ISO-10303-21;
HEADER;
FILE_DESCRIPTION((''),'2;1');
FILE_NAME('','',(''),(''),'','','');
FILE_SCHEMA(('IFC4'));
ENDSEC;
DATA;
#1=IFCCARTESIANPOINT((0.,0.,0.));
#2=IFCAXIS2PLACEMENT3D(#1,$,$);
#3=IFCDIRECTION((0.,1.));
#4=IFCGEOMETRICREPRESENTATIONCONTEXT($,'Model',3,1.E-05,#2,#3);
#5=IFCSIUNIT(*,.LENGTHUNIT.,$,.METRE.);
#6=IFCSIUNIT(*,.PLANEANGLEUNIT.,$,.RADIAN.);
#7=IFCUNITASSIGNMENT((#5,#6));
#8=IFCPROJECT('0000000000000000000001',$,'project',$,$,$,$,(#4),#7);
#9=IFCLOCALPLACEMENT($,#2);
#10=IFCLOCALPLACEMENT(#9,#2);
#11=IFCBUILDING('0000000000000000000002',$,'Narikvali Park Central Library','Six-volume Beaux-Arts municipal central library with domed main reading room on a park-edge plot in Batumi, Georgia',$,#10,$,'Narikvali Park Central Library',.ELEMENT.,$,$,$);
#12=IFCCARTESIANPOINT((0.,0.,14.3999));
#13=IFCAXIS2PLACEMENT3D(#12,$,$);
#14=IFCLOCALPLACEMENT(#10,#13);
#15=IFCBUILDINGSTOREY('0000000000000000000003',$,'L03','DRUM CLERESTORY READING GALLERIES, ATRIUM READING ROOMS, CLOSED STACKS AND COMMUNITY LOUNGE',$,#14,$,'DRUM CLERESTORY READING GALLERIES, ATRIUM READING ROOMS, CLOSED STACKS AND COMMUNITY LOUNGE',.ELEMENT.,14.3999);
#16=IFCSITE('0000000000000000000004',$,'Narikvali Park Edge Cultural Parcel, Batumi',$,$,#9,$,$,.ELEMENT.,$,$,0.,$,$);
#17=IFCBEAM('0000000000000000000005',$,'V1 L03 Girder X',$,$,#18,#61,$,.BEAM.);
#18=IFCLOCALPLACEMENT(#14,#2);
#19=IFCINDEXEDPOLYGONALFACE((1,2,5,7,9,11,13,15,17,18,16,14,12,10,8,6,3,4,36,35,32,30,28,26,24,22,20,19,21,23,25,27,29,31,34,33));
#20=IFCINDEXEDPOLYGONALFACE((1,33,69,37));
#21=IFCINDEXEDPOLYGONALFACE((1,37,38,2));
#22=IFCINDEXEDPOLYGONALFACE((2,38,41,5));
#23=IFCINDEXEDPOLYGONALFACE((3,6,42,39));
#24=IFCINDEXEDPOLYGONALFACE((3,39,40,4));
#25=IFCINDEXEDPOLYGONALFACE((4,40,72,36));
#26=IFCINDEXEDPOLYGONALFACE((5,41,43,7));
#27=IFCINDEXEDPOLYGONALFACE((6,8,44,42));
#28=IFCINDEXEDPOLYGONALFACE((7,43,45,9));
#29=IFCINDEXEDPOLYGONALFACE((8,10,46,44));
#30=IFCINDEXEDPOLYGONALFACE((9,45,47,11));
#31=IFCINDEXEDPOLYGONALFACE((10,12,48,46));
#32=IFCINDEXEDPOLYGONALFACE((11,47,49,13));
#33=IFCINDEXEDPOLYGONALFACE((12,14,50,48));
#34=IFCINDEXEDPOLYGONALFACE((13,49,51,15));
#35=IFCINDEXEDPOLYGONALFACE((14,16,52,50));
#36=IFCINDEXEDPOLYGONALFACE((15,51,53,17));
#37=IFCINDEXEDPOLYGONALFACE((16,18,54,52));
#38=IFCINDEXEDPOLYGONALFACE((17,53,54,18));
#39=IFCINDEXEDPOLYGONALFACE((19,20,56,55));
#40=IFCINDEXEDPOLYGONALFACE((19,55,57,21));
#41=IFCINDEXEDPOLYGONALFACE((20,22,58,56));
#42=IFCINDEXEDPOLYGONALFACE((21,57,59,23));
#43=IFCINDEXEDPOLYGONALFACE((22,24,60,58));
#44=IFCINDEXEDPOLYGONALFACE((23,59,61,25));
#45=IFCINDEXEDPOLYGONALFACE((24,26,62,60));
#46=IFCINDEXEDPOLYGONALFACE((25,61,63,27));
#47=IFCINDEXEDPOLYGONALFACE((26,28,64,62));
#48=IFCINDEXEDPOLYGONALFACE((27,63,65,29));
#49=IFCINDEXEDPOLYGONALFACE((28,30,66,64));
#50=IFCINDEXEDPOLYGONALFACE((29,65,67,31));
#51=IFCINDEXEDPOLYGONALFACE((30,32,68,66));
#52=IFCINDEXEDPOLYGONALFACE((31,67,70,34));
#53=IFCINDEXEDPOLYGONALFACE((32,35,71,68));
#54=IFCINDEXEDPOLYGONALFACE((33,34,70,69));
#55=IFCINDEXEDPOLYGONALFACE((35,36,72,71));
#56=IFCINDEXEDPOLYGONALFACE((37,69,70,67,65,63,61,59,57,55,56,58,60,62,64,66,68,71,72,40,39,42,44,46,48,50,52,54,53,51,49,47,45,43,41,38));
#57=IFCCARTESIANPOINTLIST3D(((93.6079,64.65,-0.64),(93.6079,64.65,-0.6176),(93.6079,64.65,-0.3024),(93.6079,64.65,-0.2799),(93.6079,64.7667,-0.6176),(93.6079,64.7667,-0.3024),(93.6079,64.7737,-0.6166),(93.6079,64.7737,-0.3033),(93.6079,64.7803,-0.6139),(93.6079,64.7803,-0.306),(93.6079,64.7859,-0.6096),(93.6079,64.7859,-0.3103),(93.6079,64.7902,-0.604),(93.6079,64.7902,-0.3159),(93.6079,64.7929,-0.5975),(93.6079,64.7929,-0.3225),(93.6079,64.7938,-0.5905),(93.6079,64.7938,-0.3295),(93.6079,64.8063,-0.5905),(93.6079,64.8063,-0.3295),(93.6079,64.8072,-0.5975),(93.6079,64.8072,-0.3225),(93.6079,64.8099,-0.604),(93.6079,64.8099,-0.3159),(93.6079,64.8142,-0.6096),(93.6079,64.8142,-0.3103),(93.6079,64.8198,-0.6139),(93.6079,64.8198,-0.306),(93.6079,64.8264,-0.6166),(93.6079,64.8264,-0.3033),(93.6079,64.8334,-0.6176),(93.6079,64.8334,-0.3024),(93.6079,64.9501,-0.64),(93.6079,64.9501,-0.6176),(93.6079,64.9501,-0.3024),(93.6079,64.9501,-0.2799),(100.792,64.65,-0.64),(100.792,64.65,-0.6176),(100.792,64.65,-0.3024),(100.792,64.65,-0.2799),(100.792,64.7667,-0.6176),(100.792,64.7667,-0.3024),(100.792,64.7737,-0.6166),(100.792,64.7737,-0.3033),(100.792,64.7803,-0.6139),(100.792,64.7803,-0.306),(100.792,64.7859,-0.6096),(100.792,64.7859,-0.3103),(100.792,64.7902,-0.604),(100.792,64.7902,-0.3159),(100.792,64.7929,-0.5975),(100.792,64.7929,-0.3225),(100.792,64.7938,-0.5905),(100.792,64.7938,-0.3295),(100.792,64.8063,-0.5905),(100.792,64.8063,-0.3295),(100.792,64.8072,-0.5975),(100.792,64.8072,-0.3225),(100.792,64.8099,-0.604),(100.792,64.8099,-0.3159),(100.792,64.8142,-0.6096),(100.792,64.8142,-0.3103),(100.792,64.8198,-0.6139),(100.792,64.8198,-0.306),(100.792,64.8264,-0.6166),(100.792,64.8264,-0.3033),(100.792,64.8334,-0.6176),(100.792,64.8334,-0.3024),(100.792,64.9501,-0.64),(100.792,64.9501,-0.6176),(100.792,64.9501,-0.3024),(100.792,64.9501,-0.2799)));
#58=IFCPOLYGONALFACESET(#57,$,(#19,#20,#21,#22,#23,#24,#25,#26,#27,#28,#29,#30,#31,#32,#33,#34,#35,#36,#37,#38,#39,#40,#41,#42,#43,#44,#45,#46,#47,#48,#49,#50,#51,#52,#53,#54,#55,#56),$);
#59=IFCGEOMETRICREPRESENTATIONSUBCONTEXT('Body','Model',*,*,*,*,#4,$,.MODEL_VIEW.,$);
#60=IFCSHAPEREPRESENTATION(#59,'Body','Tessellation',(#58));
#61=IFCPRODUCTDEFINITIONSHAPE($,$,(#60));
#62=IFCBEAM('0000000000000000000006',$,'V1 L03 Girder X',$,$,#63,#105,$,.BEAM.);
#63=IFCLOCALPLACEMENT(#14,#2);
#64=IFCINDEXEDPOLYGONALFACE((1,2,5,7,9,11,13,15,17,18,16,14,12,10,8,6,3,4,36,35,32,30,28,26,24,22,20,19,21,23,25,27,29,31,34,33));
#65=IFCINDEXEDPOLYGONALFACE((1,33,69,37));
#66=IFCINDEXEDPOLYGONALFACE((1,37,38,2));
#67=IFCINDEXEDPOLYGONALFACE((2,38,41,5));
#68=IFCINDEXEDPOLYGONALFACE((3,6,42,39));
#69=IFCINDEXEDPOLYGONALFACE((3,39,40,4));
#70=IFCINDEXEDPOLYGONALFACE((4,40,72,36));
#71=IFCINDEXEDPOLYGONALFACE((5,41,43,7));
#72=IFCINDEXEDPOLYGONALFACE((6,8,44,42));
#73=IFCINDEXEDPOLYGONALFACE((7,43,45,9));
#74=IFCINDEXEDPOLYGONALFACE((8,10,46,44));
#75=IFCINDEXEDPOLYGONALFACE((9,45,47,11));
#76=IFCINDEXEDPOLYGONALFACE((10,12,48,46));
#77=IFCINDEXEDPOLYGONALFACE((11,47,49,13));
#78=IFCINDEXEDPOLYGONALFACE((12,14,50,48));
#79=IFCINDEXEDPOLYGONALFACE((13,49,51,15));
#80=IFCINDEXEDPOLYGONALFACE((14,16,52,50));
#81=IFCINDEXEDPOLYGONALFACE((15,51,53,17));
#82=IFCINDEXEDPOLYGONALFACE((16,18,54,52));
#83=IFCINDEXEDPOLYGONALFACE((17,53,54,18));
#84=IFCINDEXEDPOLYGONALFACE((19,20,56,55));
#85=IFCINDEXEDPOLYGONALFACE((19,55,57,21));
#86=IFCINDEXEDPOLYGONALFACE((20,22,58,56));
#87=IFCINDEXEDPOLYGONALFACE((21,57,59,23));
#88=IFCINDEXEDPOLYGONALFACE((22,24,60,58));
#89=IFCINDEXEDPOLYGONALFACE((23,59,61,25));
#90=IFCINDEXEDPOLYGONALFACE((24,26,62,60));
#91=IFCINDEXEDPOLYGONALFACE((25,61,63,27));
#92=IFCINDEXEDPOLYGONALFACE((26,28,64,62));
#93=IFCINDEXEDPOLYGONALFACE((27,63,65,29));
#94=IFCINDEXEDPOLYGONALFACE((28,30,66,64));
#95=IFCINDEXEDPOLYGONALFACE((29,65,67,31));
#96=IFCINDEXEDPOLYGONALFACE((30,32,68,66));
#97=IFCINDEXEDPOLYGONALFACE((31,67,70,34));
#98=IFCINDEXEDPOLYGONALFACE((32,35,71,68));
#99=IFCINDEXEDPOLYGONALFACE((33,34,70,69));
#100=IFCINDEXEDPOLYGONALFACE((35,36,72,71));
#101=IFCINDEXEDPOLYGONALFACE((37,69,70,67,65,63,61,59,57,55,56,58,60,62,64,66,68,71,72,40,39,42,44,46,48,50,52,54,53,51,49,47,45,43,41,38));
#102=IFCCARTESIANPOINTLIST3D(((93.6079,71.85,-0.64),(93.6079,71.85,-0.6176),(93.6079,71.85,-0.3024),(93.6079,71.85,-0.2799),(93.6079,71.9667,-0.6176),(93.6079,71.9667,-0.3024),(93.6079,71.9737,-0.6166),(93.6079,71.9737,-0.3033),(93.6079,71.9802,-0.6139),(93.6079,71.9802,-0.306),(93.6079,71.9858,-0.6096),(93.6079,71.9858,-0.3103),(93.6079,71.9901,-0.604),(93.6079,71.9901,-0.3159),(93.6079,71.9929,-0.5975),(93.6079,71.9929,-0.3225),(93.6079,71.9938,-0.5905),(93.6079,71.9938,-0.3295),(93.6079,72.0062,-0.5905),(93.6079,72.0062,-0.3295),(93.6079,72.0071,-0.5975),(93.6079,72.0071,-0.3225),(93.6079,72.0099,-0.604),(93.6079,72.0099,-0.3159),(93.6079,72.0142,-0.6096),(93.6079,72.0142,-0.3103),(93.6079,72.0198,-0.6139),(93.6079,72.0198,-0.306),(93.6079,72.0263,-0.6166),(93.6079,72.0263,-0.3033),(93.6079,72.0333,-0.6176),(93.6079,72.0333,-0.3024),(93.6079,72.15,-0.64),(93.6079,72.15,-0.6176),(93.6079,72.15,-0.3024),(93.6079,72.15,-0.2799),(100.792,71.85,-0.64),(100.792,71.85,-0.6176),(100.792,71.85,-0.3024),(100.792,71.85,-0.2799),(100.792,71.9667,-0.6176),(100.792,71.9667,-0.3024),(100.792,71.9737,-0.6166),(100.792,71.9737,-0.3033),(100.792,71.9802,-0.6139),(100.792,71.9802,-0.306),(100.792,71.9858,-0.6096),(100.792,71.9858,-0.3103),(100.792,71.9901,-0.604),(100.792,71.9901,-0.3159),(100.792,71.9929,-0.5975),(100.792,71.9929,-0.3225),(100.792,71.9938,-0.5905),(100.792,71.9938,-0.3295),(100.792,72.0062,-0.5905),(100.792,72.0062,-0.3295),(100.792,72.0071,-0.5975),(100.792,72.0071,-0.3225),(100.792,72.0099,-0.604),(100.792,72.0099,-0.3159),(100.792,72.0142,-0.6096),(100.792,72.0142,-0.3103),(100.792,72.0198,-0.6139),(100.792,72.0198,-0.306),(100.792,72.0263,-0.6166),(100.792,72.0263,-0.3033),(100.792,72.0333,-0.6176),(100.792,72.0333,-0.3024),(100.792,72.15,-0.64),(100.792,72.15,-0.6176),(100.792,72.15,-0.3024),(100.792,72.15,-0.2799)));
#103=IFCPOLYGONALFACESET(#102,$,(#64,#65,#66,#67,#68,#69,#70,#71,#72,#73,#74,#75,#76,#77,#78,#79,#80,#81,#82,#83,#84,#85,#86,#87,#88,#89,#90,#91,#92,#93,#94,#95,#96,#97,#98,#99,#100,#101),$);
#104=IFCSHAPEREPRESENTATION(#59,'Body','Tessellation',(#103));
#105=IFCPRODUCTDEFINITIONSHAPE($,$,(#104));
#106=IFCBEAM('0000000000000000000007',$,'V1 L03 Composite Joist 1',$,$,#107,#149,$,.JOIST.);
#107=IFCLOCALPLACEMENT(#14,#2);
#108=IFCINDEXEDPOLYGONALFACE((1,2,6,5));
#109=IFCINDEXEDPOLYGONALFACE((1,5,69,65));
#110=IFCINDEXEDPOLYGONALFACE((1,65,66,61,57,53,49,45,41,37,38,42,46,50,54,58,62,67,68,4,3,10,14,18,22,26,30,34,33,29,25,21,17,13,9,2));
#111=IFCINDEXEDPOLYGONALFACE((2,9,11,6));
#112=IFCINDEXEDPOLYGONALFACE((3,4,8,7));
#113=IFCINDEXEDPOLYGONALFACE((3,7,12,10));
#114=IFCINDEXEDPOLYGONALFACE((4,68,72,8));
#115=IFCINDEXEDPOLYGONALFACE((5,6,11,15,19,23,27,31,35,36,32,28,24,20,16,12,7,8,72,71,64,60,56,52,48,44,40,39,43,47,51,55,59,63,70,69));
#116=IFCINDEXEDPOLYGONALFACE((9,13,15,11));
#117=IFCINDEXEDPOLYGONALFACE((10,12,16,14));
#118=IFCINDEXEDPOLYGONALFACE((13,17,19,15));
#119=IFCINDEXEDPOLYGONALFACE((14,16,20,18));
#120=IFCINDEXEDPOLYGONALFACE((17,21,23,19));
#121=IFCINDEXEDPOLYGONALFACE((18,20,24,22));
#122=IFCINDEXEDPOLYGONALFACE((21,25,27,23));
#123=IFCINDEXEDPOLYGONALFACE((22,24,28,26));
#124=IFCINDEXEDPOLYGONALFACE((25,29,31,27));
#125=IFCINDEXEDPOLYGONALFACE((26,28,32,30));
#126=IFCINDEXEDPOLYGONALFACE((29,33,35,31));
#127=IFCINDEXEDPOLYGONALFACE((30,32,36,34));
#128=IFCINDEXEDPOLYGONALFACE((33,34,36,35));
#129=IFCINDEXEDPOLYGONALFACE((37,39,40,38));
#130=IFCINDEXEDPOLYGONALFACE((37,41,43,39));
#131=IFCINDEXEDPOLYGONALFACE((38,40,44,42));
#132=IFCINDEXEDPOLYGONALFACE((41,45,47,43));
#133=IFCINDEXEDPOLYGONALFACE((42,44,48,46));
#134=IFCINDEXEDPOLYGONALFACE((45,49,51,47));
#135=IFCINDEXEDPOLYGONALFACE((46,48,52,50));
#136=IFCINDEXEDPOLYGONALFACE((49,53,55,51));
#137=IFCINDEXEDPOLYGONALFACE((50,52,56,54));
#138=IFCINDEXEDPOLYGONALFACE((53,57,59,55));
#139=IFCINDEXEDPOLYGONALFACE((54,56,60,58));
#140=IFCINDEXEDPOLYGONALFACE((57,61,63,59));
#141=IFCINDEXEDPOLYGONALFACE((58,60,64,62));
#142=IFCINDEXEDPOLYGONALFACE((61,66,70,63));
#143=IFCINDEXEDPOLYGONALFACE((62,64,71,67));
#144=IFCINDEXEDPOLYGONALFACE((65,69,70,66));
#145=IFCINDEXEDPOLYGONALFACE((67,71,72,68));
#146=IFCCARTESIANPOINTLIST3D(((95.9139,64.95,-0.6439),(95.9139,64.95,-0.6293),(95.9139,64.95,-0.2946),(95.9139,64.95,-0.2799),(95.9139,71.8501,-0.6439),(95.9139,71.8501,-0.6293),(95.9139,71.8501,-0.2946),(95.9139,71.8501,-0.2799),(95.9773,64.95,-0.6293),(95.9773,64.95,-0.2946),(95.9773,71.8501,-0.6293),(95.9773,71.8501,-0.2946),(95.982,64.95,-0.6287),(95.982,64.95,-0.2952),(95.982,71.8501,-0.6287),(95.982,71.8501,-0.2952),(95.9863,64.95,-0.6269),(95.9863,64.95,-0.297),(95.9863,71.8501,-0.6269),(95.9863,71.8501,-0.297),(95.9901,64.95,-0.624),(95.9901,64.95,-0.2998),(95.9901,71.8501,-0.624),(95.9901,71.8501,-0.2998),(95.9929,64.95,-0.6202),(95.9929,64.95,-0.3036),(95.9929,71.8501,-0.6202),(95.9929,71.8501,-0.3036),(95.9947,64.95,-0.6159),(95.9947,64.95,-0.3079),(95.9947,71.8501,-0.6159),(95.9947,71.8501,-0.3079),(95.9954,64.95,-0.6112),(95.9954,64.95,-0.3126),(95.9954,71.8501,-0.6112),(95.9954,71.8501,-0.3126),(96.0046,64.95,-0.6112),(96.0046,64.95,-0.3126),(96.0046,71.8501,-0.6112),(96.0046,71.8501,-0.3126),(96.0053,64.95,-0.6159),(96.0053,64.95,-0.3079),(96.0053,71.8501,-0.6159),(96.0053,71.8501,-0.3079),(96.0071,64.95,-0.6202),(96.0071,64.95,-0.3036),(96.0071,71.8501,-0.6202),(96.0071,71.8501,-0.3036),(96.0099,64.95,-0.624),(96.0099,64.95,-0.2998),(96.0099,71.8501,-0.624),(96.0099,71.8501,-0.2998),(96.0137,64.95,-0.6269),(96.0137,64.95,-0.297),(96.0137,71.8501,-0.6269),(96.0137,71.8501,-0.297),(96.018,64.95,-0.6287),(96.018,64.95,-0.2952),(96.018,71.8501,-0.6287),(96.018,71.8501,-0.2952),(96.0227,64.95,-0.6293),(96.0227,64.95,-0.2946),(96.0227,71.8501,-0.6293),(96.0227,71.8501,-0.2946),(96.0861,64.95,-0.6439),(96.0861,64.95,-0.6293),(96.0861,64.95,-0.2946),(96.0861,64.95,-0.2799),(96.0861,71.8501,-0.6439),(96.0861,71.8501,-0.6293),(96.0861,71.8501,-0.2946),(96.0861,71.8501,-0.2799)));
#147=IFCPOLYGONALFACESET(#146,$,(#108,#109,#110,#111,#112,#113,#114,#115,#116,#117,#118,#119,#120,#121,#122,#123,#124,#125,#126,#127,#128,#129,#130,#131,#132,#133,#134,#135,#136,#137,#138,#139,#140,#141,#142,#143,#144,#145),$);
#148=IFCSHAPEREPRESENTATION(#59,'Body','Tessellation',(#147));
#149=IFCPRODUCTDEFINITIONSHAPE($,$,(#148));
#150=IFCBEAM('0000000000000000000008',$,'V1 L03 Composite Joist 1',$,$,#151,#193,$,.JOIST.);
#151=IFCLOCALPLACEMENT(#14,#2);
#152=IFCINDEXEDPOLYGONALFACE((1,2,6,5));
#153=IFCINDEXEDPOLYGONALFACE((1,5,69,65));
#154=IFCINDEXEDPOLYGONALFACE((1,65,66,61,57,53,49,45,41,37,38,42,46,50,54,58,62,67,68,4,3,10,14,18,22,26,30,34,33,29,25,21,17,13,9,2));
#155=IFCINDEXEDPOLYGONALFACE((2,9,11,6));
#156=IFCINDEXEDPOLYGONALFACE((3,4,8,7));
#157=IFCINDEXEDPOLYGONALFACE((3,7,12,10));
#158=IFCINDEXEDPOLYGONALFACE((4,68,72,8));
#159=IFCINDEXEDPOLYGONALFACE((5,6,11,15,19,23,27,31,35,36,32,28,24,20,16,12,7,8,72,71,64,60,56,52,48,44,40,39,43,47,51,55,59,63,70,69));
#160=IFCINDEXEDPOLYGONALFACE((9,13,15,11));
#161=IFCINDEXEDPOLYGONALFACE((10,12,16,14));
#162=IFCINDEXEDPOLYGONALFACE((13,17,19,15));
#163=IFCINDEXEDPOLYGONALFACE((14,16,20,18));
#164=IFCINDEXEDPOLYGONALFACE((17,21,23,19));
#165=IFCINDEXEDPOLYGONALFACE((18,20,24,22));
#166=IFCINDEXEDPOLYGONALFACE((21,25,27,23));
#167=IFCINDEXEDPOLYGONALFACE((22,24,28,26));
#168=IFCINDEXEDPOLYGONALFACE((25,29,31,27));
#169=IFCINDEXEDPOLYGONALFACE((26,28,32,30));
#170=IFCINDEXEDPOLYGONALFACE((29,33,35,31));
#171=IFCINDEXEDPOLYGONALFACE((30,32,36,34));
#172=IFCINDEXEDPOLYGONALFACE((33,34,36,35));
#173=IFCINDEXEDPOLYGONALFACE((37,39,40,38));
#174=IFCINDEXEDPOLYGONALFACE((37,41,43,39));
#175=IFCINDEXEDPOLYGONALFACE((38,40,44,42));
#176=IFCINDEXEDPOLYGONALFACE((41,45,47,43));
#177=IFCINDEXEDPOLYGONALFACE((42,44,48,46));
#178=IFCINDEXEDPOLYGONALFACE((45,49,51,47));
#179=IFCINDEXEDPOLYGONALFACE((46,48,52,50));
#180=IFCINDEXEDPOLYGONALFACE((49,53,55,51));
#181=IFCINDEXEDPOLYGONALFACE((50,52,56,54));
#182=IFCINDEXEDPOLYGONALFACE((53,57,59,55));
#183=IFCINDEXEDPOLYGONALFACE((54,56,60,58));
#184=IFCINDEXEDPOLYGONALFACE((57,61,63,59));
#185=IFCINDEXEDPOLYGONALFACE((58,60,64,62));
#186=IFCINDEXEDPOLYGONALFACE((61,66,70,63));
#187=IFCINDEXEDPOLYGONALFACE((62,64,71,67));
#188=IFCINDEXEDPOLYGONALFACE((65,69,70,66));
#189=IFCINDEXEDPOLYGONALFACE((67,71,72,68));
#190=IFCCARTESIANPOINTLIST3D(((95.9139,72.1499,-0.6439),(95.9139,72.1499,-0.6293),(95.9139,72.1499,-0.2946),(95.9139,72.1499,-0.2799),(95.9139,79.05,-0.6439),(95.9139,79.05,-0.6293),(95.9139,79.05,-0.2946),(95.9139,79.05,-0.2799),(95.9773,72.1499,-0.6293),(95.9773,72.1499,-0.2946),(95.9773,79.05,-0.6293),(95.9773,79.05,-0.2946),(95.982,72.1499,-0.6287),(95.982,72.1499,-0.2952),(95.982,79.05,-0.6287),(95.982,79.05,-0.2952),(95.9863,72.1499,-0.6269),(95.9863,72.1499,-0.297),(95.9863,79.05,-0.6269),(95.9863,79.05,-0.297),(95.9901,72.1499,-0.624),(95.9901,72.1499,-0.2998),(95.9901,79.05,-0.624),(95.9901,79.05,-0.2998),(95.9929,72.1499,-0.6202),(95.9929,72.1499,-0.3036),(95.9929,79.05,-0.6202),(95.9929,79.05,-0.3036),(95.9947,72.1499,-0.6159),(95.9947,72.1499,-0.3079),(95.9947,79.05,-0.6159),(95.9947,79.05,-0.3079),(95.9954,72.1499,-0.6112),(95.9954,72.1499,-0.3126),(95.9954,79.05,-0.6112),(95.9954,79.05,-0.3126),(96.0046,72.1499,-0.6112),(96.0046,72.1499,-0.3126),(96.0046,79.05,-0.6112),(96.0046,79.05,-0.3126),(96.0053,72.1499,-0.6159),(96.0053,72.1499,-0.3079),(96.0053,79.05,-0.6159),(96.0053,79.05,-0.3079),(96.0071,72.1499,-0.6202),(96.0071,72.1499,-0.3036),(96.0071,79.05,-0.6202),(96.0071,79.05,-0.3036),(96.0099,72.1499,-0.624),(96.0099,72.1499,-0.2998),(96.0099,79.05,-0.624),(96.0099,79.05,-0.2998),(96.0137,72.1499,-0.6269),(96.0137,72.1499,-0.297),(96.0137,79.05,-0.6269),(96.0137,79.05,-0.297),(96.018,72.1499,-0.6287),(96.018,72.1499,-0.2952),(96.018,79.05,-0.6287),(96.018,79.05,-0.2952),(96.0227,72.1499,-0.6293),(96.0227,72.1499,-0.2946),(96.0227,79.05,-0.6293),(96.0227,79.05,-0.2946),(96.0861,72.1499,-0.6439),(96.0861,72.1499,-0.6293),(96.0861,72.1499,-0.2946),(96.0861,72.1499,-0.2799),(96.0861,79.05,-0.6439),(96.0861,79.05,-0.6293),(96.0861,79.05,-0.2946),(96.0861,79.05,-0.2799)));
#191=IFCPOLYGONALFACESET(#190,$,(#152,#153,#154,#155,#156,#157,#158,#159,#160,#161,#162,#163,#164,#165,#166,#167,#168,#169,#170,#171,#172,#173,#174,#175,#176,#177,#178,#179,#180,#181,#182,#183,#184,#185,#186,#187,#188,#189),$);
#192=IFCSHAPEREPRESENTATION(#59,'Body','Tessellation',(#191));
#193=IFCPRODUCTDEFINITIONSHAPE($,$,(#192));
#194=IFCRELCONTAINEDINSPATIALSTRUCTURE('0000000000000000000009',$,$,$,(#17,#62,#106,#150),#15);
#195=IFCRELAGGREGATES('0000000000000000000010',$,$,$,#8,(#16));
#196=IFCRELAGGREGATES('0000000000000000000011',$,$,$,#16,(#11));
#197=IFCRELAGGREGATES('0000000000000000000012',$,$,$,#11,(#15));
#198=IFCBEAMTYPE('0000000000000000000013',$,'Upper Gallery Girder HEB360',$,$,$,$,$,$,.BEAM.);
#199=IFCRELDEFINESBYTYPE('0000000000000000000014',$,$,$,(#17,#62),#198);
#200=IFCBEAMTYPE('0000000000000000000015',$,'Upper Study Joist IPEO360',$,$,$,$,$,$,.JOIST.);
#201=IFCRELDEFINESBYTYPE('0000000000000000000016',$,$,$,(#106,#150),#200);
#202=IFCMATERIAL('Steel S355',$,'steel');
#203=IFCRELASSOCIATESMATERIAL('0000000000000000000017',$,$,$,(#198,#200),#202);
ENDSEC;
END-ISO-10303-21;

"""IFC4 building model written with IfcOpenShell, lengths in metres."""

from ifc_helpers import new_model, si_unit, direction, frame, origin, origin_2d, place, context, subcontext, project, spatial, i_section, extrude, material, material_profile, profile_set, type_object, element, save


model = new_model("IFC4")

# Units and contexts
model_context = context("Model", 3, precision=1e-05, world=origin(), true_north=direction((0.0, 1.0)))
body_context = subcontext(model_context, "Body", "Model", "MODEL_VIEW")
ifc_project = project(units=[si_unit("LENGTHUNIT", "METRE"), si_unit("PLANEANGLEUNIT", "RADIAN")], contexts=[model_context])

# Site, building, storey
site_placement = place(None, origin())
site = spatial("IfcSite", under=ifc_project, at=site_placement, Name="Narikvali Park Edge Cultural Parcel, Batumi", CompositionType="ELEMENT", RefElevation=0.0)
building_placement = place(site_placement, origin())
building = spatial("IfcBuilding", under=site, at=building_placement, Name="Narikvali Park Central Library", Description="Six-volume Beaux-Arts municipal central library with domed main reading room on a park-edge plot in Batumi, Georgia", LongName="Narikvali Park Central Library", CompositionType="ELEMENT")
storey_placement = place(building_placement, frame((0.0, 0.0, 14.3999)))
storey = spatial("IfcBuildingStorey", under=building, at=storey_placement, Name="L03", Description="DRUM CLERESTORY READING GALLERIES, ATRIUM READING ROOMS, CLOSED STACKS AND COMMUNITY LOUNGE", LongName="DRUM CLERESTORY READING GALLERIES, ATRIUM READING ROOMS, CLOSED STACKS AND COMMUNITY LOUNGE", CompositionType="ELEMENT", Elevation=14.3999)

# Shared definitions
ifc_material_1 = material(Name="Steel S355", Category="steel")

# Beams
ifc_material_profile_1 = material_profile(ifc_material_1, i_section(OverallWidth=0.3, OverallDepth=0.3601, WebThickness=0.0125, FlangeThickness=0.0225, FilletRadius=0.0271, at=origin_2d()), Name="HEB 360")
ifc_profile_set_1 = profile_set([ifc_material_profile_1], Name="Steel S355")
beam_type_1 = type_object("IfcBeamType", Name="Upper Gallery Girder HEB360", PredefinedType="BEAM", material=ifc_profile_set_1)
for number, where, z_axis, x_axis, name in (
    (1, (93.6079, 64.8, -0.46), (1.0, 0.0, 0.0), (0.0, 1.0, 0.0), "V1 L03 Girder X"),
    (2, (93.6079, 72.0, -0.46), (1.0, 0.0, 0.0), (0.0, 1.0, 0.0), "V1 L03 Girder X"),
):
    element("IfcBeam", number, at=place(storey_placement, frame(where, z_axis=z_axis, x_axis=x_axis)), inside=storey, type_object=beam_type_1, Name=name, PredefinedType="BEAM", context=body_context, shape_type="SweptSolid", body=[
        extrude(i_section(OverallWidth=0.3, OverallDepth=0.3601, WebThickness=0.0125, FlangeThickness=0.0225, FilletRadius=0.0271, at=origin_2d()), origin(), (0.0, 0.0, 1.0), 7.1841),
    ])
ifc_material_profile_2 = material_profile(ifc_material_1, i_section(OverallWidth=0.1721, OverallDepth=0.364, WebThickness=0.0093, FlangeThickness=0.0146, FilletRadius=0.0181, at=origin_2d()), Name="IPEO 360")
ifc_profile_set_2 = profile_set([ifc_material_profile_2], Name="Steel S355")
beam_type_2 = type_object("IfcBeamType", Name="Upper Study Joist IPEO360", PredefinedType="JOIST", material=ifc_profile_set_2)
for number, where, z_axis, x_axis, name in (
    (3, (96.0, 64.95, -0.4619), (0.0, 1.0, 0.0), (-1.0, 0.0, 0.0), "V1 L03 Composite Joist 1"),
    (4, (96.0, 72.1499, -0.4619), (0.0, 1.0, 0.0), (-1.0, 0.0, 0.0), "V1 L03 Composite Joist 1"),
):
    element("IfcBeam", number, at=place(storey_placement, frame(where, z_axis=z_axis, x_axis=x_axis)), inside=storey, type_object=beam_type_2, Name=name, PredefinedType="JOIST", context=body_context, shape_type="SweptSolid", body=[
        extrude(i_section(OverallWidth=0.1721, OverallDepth=0.364, WebThickness=0.0093, FlangeThickness=0.0146, FilletRadius=0.0181, at=origin_2d()), origin(), (0.0, 0.0, 1.0), 6.9001),
    ])

save(model, "model.ifc")
